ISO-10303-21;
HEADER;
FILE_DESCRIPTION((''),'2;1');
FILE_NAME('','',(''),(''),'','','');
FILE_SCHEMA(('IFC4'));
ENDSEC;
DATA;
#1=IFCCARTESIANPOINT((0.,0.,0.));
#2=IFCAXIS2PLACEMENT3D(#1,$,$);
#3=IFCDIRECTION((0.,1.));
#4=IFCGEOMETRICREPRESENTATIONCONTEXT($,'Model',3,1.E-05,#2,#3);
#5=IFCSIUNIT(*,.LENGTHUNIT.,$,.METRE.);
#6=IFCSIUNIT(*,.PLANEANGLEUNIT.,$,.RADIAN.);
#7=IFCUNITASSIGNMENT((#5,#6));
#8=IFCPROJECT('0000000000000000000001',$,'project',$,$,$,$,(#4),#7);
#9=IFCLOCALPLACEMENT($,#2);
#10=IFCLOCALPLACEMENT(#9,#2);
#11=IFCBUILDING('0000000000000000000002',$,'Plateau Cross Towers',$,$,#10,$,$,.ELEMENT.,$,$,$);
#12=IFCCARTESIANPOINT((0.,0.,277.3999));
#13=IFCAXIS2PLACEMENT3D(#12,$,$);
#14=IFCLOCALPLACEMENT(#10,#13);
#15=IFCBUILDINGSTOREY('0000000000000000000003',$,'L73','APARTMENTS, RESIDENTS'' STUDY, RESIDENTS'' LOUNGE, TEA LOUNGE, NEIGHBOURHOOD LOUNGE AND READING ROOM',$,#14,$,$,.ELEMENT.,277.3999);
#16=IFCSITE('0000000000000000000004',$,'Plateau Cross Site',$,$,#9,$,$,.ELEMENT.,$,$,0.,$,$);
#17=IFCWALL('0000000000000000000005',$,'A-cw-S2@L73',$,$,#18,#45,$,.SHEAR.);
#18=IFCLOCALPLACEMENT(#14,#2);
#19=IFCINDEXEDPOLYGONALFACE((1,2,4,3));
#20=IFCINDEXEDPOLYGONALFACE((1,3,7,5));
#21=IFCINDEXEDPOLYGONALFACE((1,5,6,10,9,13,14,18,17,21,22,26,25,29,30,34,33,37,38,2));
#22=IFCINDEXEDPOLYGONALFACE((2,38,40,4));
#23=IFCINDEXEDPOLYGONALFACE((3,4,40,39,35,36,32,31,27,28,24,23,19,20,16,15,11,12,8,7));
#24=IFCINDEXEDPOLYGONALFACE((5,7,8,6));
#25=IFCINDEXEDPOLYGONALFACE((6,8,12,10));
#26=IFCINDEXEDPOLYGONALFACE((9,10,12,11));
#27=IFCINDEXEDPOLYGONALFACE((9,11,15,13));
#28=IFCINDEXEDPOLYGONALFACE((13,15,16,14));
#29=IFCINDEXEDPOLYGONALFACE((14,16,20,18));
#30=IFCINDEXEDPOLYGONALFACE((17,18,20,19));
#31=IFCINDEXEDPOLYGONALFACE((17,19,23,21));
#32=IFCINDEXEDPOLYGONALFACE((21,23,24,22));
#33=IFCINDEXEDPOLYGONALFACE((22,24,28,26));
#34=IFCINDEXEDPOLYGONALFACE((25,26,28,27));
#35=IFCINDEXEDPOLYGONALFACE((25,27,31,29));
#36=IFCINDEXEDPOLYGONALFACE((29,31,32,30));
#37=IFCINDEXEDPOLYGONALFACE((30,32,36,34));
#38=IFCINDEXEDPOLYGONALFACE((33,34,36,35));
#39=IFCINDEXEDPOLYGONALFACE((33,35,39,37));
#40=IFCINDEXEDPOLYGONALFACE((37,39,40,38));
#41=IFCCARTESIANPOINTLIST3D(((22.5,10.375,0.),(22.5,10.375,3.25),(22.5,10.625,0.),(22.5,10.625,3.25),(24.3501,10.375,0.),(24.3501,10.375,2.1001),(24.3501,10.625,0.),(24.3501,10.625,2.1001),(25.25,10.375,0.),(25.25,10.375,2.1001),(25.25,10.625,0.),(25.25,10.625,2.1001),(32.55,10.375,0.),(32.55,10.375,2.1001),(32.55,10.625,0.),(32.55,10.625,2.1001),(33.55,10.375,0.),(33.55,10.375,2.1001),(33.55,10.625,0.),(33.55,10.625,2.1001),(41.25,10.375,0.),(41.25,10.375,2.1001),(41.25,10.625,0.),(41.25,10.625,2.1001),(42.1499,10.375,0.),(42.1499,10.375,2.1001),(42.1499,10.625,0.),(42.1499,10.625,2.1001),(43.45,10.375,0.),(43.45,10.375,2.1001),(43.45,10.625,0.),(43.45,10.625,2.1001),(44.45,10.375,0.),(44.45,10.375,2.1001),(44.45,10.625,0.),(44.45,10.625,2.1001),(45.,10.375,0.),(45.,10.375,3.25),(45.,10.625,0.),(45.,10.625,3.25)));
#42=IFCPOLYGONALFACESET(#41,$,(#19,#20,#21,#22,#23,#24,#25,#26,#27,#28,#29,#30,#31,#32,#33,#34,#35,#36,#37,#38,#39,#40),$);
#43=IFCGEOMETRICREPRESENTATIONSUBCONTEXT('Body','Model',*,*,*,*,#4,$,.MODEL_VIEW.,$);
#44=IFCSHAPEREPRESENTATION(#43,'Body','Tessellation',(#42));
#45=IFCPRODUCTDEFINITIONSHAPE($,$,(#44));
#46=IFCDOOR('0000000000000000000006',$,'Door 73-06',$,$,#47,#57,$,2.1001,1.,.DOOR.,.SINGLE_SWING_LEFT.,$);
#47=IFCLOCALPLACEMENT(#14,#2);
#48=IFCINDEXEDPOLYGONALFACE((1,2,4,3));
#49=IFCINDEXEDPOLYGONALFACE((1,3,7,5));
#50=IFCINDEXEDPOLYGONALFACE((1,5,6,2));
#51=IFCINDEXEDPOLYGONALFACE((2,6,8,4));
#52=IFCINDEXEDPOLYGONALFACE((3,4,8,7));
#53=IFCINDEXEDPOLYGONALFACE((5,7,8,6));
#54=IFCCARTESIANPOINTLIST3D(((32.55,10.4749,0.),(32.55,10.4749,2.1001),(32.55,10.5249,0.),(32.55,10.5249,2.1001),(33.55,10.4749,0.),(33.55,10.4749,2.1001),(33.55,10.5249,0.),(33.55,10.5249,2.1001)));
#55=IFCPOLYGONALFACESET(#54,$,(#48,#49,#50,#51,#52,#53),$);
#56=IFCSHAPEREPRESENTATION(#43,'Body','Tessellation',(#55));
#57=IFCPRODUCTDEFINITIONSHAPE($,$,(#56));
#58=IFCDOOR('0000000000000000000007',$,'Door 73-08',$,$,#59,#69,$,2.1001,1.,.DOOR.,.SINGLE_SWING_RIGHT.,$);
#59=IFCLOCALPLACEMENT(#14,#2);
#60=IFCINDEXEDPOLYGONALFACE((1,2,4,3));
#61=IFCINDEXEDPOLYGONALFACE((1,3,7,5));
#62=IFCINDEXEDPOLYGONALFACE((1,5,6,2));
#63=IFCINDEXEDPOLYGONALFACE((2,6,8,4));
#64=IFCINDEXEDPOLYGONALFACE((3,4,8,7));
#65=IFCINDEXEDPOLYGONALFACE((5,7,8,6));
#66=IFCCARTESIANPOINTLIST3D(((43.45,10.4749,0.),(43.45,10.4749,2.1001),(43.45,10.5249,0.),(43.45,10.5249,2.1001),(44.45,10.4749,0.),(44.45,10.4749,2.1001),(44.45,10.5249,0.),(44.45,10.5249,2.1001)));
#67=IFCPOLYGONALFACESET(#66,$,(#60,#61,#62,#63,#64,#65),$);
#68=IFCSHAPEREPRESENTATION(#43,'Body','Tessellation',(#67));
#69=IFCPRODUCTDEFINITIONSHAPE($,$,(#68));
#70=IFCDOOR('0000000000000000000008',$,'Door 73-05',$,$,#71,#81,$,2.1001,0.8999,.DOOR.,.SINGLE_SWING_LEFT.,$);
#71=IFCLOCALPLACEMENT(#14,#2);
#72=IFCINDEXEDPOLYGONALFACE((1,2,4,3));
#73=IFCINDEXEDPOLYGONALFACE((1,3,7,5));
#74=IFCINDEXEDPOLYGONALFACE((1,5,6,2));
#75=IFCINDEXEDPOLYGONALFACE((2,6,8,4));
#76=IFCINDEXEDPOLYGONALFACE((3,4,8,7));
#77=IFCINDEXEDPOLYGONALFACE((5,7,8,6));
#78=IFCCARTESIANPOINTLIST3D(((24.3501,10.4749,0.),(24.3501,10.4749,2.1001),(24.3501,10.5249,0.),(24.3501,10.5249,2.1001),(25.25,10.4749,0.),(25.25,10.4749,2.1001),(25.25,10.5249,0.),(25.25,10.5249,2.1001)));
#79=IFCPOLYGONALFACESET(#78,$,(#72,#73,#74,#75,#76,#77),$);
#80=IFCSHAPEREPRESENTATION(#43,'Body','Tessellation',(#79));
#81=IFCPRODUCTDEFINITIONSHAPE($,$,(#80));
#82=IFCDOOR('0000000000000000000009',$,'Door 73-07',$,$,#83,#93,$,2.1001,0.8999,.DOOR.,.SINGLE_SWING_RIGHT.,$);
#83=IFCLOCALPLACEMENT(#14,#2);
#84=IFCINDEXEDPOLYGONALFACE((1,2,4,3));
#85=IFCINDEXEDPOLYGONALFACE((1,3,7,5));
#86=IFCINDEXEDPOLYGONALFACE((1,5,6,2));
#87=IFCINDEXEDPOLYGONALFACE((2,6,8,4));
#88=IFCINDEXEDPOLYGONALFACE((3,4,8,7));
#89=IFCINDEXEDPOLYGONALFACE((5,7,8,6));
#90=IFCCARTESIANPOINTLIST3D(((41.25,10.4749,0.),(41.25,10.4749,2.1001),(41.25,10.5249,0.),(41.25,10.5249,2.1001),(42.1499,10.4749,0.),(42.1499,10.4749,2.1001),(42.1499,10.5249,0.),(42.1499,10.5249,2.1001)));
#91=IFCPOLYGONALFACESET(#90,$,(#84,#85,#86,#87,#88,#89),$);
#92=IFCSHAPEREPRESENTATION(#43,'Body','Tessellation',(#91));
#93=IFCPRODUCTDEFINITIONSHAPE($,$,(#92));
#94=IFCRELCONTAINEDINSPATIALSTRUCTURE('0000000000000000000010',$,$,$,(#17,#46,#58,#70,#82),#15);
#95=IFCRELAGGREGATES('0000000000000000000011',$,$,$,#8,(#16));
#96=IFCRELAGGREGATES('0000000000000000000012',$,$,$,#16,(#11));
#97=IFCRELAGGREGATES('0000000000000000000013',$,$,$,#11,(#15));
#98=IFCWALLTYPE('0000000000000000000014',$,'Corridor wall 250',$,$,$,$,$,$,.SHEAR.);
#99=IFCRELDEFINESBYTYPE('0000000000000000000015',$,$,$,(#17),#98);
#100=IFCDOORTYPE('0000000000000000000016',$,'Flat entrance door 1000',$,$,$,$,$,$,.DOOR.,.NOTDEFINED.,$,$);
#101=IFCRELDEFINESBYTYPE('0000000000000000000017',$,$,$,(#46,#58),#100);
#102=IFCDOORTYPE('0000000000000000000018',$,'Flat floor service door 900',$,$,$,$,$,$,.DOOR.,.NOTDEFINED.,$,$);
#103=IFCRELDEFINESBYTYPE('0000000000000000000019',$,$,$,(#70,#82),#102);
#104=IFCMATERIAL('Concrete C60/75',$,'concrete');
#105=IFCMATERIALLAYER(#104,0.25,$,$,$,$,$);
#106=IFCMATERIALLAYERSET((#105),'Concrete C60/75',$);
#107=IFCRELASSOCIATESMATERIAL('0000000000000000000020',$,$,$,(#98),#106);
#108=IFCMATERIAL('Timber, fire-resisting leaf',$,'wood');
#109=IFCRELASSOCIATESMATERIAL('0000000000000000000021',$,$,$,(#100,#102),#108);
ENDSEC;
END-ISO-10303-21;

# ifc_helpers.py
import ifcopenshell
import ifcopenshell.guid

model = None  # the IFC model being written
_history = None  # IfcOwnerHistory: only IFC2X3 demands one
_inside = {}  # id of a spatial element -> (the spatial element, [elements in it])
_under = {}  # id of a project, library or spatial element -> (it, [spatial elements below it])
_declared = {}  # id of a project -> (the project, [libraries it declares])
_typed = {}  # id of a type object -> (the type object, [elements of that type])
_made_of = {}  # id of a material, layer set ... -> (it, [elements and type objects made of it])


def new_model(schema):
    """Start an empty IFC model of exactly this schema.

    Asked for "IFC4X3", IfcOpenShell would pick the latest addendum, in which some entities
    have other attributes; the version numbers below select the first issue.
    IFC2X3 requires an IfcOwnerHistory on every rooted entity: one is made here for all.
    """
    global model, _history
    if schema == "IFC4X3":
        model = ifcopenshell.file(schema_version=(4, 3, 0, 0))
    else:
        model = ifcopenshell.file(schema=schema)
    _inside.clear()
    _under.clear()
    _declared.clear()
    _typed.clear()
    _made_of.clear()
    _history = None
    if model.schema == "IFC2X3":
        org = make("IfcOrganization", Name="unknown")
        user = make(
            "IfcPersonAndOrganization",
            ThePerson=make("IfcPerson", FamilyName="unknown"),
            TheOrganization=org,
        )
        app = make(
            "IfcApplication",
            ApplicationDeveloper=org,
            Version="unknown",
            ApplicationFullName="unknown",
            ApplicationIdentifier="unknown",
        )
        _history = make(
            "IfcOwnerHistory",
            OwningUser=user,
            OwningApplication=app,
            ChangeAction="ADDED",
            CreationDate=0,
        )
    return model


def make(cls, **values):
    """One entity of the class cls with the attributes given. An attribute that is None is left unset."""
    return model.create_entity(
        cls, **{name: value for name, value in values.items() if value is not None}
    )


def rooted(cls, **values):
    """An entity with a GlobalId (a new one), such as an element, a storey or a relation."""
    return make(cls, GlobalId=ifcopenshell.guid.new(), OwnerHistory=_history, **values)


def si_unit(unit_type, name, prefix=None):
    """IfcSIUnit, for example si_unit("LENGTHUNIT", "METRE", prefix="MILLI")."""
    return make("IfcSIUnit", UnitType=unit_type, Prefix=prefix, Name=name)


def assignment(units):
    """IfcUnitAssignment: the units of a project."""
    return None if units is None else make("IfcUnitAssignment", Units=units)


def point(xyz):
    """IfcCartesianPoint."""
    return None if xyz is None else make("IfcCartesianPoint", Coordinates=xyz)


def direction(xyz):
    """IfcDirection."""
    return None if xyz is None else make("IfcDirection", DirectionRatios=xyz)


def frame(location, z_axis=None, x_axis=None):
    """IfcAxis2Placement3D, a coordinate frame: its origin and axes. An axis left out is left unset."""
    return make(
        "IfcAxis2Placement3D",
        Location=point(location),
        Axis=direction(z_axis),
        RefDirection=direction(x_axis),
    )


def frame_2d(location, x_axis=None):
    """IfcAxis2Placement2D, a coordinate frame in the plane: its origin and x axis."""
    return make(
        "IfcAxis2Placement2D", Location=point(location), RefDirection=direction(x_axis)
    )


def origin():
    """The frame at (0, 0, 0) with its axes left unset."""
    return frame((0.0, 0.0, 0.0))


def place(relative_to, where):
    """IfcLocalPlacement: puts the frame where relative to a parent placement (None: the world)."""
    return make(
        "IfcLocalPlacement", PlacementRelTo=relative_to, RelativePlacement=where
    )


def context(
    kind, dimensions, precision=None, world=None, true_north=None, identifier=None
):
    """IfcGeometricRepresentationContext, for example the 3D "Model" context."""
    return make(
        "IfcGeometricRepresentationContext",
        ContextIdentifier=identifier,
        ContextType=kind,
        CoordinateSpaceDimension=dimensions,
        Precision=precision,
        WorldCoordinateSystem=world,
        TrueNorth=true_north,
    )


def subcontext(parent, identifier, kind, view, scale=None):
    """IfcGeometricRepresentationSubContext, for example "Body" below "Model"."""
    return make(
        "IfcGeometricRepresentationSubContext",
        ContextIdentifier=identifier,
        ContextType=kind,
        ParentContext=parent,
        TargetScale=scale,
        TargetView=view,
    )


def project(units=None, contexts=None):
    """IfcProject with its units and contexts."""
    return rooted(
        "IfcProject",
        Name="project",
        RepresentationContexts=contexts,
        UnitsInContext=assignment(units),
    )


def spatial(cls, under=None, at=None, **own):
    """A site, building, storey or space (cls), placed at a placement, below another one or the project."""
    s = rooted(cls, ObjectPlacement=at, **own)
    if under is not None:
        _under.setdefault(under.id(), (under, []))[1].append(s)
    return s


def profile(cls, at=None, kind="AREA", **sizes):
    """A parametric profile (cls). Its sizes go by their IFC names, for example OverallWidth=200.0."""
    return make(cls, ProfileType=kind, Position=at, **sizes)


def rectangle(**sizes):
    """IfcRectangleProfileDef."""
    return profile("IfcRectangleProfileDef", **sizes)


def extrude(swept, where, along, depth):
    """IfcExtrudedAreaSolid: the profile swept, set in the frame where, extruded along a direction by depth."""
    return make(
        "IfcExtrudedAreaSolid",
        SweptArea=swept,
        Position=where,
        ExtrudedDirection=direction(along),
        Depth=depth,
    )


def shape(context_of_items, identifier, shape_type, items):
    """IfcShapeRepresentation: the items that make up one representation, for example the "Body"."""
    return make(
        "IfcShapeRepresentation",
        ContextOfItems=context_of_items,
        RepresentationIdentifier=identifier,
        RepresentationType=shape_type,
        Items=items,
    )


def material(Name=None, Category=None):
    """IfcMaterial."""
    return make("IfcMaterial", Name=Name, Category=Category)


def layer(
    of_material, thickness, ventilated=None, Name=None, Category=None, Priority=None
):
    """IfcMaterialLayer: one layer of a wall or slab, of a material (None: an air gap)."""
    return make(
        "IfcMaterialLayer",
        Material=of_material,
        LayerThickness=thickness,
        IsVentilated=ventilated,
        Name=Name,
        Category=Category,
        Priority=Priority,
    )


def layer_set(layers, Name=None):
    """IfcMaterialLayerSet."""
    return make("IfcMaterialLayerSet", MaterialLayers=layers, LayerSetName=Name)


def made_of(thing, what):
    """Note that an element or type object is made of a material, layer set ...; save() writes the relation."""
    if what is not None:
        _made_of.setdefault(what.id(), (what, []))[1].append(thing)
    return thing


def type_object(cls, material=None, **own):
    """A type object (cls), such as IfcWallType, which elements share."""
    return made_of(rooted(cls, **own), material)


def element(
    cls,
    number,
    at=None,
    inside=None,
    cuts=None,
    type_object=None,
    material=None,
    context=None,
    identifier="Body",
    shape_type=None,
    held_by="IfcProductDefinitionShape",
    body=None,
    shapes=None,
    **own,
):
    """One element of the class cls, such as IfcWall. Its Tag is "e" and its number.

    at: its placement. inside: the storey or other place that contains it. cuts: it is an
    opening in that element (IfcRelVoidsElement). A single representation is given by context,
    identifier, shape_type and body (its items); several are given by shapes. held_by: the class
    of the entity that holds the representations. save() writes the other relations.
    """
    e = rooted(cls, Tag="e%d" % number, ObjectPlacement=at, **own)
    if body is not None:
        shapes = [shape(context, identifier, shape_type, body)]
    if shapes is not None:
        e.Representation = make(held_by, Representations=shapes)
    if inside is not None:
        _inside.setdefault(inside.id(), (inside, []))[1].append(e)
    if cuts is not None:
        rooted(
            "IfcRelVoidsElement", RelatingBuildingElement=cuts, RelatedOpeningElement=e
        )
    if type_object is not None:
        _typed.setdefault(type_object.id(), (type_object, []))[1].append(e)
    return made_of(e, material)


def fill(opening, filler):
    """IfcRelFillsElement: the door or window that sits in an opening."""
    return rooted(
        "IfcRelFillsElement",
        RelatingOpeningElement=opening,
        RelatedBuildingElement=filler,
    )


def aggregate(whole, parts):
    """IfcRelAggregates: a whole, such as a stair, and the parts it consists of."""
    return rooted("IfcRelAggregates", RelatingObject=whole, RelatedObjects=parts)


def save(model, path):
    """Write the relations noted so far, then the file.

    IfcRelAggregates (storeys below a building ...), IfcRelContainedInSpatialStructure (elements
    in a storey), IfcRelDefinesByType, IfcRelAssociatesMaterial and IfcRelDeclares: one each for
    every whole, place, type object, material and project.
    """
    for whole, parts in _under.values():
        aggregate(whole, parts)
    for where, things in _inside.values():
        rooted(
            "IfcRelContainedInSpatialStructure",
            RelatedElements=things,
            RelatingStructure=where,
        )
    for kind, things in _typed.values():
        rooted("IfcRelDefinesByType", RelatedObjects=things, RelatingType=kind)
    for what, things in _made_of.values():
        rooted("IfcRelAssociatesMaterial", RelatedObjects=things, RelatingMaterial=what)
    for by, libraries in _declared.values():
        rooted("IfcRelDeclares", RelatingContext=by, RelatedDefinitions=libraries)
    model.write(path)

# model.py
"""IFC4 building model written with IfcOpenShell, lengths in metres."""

from ifc_helpers import new_model, si_unit, direction, frame, frame_2d, origin, place, context, subcontext, project, spatial, rectangle, extrude, material, layer, layer_set, type_object, element, fill, save


model = new_model("IFC4")

# Units and contexts
model_context = context("Model", 3, precision=1e-05, world=origin(), true_north=direction((0.0, 1.0)))
body_context = subcontext(model_context, "Body", "Model", "MODEL_VIEW")
ifc_project = project(units=[si_unit("LENGTHUNIT", "METRE"), si_unit("PLANEANGLEUNIT", "RADIAN")], contexts=[model_context])

# Site, building, storey
site_placement = place(None, origin())
site = spatial("IfcSite", under=ifc_project, at=site_placement, Name="Plateau Cross Site", CompositionType="ELEMENT", RefElevation=0.0)
building_placement = place(site_placement, origin())
building = spatial("IfcBuilding", under=site, at=building_placement, Name="Plateau Cross Towers", CompositionType="ELEMENT")
storey_placement = place(building_placement, frame((0.0, 0.0, 277.3999)))
storey = spatial("IfcBuildingStorey", under=building, at=storey_placement, Name="L73", Description="APARTMENTS, RESIDENTS' STUDY, RESIDENTS' LOUNGE, TEA LOUNGE, NEIGHBOURHOOD LOUNGE AND READING ROOM", CompositionType="ELEMENT", Elevation=277.3999)

# Shared definitions
ifc_material_1 = material(Name="Concrete C60/75", Category="concrete")

# Wall, openings, doors
ifc_layer_1 = layer(ifc_material_1, 0.25)
ifc_layer_set_1 = layer_set([ifc_layer_1], Name="Concrete C60/75")
wall_type_1 = type_object("IfcWallType", Name="Corridor wall 250", PredefinedType="SHEAR", material=ifc_layer_set_1)
ifc_material_2 = material(Name="Timber, fire-resisting leaf", Category="wood")
door_type_1 = type_object("IfcDoorType", Name="Flat entrance door 1000", OperationType="NOTDEFINED", PredefinedType="DOOR", material=ifc_material_2)
door_type_2 = type_object("IfcDoorType", Name="Flat floor service door 900", OperationType="NOTDEFINED", PredefinedType="DOOR", material=ifc_material_2)
wall_1_placement = place(storey_placement, frame((22.5, 10.5, 0.0), z_axis=(0.0, 0.0, 1.0), x_axis=(1.0, 0.0, 0.0)))
wall_1 = element("IfcWall", 1, at=wall_1_placement, inside=storey, type_object=wall_type_1, Name="A-cw-S2@L73", PredefinedType="SHEAR", context=body_context, shape_type="SweptSolid", body=[
    extrude(rectangle(XDim=22.5, YDim=0.25, at=frame_2d((11.25, 0.0))), origin(), (0.0, 0.0, 1.0), 3.25),
])
opening_1_placement = place(wall_1_placement, frame((1.8501, 0.0, 0.0)))
opening_1 = element("IfcOpeningElement", 2, at=opening_1_placement, cuts=wall_1, PredefinedType="OPENING", context=body_context, shape_type="SweptSolid", body=[
    extrude(rectangle(XDim=0.8999, YDim=2.1001, at=frame_2d((0.45, 1.05))), frame((0.0, 0.135, 0.0), z_axis=(0.0, -1.0, 0.0), x_axis=(1.0, 0.0, 0.0)), (0.0, 0.0, 1.0), 0.27),
])
opening_2_placement = place(wall_1_placement, frame((10.05, 0.0, 0.0)))
opening_2 = element("IfcOpeningElement", 3, at=opening_2_placement, cuts=wall_1, PredefinedType="OPENING", context=body_context, shape_type="SweptSolid", body=[
    extrude(rectangle(XDim=1.0, YDim=2.1001, at=frame_2d((0.5, 1.05))), frame((0.0, 0.135, 0.0), z_axis=(0.0, -1.0, 0.0), x_axis=(1.0, 0.0, 0.0)), (0.0, 0.0, 1.0), 0.27),
])
opening_3_placement = place(wall_1_placement, frame((18.75, 0.0, 0.0)))
opening_3 = element("IfcOpeningElement", 4, at=opening_3_placement, cuts=wall_1, PredefinedType="OPENING", context=body_context, shape_type="SweptSolid", body=[
    extrude(rectangle(XDim=0.8999, YDim=2.1001, at=frame_2d((0.45, 1.05))), frame((0.0, 0.135, 0.0), z_axis=(0.0, -1.0, 0.0), x_axis=(1.0, 0.0, 0.0)), (0.0, 0.0, 1.0), 0.27),
])
opening_4_placement = place(wall_1_placement, frame((20.95, 0.0, 0.0)))
opening_4 = element("IfcOpeningElement", 5, at=opening_4_placement, cuts=wall_1, PredefinedType="OPENING", context=body_context, shape_type="SweptSolid", body=[
    extrude(rectangle(XDim=1.0, YDim=2.1001, at=frame_2d((0.5, 1.05))), frame((0.0, 0.135, 0.0), z_axis=(0.0, -1.0, 0.0), x_axis=(1.0, 0.0, 0.0)), (0.0, 0.0, 1.0), 0.27),
])
door_1_placement = place(opening_2_placement, origin())
door_1 = element("IfcDoor", 6, at=door_1_placement, inside=storey, type_object=door_type_1, Name="Door 73-06", OperationType="SINGLE_SWING_LEFT", OverallHeight=2.1001, OverallWidth=1.0, PredefinedType="DOOR", context=body_context, shape_type="SweptSolid", body=[
    extrude(rectangle(XDim=1.0, YDim=2.1001, at=frame_2d((0.5, 1.05))), frame((0.0, 0.0249, 0.0), z_axis=(0.0, -1.0, 0.0), x_axis=(1.0, 0.0, 0.0)), (0.0, 0.0, 1.0), 0.05),
])
fill(opening_2, door_1)
door_2_placement = place(opening_4_placement, origin())
door_2 = element("IfcDoor", 7, at=door_2_placement, inside=storey, type_object=door_type_1, Name="Door 73-08", OperationType="SINGLE_SWING_RIGHT", OverallHeight=2.1001, OverallWidth=1.0, PredefinedType="DOOR", context=body_context, shape_type="SweptSolid", body=[
    extrude(rectangle(XDim=1.0, YDim=2.1001, at=frame_2d((0.5, 1.05))), frame((0.0, 0.0249, 0.0), z_axis=(0.0, -1.0, 0.0), x_axis=(1.0, 0.0, 0.0)), (0.0, 0.0, 1.0), 0.05),
])
fill(opening_4, door_2)
door_3_placement = place(opening_1_placement, origin())
door_3 = element("IfcDoor", 8, at=door_3_placement, inside=storey, type_object=door_type_2, Name="Door 73-05", OperationType="SINGLE_SWING_LEFT", OverallHeight=2.1001, OverallWidth=0.8999, PredefinedType="DOOR", context=body_context, shape_type="SweptSolid", body=[
    extrude(rectangle(XDim=0.8999, YDim=2.1001, at=frame_2d((0.45, 1.05))), frame((0.0, 0.0249, 0.0), z_axis=(0.0, -1.0, 0.0), x_axis=(1.0, 0.0, 0.0)), (0.0, 0.0, 1.0), 0.05),
])
fill(opening_1, door_3)
door_4_placement = place(opening_3_placement, origin())
door_4 = element("IfcDoor", 9, at=door_4_placement, inside=storey, type_object=door_type_2, Name="Door 73-07", OperationType="SINGLE_SWING_RIGHT", OverallHeight=2.1001, OverallWidth=0.8999, PredefinedType="DOOR", context=body_context, shape_type="SweptSolid", body=[
    extrude(rectangle(XDim=0.8999, YDim=2.1001, at=frame_2d((0.45, 1.05))), frame((0.0, 0.0249, 0.0), z_axis=(0.0, -1.0, 0.0), x_axis=(1.0, 0.0, 0.0)), (0.0, 0.0, 1.0), 0.05),
])
fill(opening_3, door_4)

save(model, "model.ifc")
